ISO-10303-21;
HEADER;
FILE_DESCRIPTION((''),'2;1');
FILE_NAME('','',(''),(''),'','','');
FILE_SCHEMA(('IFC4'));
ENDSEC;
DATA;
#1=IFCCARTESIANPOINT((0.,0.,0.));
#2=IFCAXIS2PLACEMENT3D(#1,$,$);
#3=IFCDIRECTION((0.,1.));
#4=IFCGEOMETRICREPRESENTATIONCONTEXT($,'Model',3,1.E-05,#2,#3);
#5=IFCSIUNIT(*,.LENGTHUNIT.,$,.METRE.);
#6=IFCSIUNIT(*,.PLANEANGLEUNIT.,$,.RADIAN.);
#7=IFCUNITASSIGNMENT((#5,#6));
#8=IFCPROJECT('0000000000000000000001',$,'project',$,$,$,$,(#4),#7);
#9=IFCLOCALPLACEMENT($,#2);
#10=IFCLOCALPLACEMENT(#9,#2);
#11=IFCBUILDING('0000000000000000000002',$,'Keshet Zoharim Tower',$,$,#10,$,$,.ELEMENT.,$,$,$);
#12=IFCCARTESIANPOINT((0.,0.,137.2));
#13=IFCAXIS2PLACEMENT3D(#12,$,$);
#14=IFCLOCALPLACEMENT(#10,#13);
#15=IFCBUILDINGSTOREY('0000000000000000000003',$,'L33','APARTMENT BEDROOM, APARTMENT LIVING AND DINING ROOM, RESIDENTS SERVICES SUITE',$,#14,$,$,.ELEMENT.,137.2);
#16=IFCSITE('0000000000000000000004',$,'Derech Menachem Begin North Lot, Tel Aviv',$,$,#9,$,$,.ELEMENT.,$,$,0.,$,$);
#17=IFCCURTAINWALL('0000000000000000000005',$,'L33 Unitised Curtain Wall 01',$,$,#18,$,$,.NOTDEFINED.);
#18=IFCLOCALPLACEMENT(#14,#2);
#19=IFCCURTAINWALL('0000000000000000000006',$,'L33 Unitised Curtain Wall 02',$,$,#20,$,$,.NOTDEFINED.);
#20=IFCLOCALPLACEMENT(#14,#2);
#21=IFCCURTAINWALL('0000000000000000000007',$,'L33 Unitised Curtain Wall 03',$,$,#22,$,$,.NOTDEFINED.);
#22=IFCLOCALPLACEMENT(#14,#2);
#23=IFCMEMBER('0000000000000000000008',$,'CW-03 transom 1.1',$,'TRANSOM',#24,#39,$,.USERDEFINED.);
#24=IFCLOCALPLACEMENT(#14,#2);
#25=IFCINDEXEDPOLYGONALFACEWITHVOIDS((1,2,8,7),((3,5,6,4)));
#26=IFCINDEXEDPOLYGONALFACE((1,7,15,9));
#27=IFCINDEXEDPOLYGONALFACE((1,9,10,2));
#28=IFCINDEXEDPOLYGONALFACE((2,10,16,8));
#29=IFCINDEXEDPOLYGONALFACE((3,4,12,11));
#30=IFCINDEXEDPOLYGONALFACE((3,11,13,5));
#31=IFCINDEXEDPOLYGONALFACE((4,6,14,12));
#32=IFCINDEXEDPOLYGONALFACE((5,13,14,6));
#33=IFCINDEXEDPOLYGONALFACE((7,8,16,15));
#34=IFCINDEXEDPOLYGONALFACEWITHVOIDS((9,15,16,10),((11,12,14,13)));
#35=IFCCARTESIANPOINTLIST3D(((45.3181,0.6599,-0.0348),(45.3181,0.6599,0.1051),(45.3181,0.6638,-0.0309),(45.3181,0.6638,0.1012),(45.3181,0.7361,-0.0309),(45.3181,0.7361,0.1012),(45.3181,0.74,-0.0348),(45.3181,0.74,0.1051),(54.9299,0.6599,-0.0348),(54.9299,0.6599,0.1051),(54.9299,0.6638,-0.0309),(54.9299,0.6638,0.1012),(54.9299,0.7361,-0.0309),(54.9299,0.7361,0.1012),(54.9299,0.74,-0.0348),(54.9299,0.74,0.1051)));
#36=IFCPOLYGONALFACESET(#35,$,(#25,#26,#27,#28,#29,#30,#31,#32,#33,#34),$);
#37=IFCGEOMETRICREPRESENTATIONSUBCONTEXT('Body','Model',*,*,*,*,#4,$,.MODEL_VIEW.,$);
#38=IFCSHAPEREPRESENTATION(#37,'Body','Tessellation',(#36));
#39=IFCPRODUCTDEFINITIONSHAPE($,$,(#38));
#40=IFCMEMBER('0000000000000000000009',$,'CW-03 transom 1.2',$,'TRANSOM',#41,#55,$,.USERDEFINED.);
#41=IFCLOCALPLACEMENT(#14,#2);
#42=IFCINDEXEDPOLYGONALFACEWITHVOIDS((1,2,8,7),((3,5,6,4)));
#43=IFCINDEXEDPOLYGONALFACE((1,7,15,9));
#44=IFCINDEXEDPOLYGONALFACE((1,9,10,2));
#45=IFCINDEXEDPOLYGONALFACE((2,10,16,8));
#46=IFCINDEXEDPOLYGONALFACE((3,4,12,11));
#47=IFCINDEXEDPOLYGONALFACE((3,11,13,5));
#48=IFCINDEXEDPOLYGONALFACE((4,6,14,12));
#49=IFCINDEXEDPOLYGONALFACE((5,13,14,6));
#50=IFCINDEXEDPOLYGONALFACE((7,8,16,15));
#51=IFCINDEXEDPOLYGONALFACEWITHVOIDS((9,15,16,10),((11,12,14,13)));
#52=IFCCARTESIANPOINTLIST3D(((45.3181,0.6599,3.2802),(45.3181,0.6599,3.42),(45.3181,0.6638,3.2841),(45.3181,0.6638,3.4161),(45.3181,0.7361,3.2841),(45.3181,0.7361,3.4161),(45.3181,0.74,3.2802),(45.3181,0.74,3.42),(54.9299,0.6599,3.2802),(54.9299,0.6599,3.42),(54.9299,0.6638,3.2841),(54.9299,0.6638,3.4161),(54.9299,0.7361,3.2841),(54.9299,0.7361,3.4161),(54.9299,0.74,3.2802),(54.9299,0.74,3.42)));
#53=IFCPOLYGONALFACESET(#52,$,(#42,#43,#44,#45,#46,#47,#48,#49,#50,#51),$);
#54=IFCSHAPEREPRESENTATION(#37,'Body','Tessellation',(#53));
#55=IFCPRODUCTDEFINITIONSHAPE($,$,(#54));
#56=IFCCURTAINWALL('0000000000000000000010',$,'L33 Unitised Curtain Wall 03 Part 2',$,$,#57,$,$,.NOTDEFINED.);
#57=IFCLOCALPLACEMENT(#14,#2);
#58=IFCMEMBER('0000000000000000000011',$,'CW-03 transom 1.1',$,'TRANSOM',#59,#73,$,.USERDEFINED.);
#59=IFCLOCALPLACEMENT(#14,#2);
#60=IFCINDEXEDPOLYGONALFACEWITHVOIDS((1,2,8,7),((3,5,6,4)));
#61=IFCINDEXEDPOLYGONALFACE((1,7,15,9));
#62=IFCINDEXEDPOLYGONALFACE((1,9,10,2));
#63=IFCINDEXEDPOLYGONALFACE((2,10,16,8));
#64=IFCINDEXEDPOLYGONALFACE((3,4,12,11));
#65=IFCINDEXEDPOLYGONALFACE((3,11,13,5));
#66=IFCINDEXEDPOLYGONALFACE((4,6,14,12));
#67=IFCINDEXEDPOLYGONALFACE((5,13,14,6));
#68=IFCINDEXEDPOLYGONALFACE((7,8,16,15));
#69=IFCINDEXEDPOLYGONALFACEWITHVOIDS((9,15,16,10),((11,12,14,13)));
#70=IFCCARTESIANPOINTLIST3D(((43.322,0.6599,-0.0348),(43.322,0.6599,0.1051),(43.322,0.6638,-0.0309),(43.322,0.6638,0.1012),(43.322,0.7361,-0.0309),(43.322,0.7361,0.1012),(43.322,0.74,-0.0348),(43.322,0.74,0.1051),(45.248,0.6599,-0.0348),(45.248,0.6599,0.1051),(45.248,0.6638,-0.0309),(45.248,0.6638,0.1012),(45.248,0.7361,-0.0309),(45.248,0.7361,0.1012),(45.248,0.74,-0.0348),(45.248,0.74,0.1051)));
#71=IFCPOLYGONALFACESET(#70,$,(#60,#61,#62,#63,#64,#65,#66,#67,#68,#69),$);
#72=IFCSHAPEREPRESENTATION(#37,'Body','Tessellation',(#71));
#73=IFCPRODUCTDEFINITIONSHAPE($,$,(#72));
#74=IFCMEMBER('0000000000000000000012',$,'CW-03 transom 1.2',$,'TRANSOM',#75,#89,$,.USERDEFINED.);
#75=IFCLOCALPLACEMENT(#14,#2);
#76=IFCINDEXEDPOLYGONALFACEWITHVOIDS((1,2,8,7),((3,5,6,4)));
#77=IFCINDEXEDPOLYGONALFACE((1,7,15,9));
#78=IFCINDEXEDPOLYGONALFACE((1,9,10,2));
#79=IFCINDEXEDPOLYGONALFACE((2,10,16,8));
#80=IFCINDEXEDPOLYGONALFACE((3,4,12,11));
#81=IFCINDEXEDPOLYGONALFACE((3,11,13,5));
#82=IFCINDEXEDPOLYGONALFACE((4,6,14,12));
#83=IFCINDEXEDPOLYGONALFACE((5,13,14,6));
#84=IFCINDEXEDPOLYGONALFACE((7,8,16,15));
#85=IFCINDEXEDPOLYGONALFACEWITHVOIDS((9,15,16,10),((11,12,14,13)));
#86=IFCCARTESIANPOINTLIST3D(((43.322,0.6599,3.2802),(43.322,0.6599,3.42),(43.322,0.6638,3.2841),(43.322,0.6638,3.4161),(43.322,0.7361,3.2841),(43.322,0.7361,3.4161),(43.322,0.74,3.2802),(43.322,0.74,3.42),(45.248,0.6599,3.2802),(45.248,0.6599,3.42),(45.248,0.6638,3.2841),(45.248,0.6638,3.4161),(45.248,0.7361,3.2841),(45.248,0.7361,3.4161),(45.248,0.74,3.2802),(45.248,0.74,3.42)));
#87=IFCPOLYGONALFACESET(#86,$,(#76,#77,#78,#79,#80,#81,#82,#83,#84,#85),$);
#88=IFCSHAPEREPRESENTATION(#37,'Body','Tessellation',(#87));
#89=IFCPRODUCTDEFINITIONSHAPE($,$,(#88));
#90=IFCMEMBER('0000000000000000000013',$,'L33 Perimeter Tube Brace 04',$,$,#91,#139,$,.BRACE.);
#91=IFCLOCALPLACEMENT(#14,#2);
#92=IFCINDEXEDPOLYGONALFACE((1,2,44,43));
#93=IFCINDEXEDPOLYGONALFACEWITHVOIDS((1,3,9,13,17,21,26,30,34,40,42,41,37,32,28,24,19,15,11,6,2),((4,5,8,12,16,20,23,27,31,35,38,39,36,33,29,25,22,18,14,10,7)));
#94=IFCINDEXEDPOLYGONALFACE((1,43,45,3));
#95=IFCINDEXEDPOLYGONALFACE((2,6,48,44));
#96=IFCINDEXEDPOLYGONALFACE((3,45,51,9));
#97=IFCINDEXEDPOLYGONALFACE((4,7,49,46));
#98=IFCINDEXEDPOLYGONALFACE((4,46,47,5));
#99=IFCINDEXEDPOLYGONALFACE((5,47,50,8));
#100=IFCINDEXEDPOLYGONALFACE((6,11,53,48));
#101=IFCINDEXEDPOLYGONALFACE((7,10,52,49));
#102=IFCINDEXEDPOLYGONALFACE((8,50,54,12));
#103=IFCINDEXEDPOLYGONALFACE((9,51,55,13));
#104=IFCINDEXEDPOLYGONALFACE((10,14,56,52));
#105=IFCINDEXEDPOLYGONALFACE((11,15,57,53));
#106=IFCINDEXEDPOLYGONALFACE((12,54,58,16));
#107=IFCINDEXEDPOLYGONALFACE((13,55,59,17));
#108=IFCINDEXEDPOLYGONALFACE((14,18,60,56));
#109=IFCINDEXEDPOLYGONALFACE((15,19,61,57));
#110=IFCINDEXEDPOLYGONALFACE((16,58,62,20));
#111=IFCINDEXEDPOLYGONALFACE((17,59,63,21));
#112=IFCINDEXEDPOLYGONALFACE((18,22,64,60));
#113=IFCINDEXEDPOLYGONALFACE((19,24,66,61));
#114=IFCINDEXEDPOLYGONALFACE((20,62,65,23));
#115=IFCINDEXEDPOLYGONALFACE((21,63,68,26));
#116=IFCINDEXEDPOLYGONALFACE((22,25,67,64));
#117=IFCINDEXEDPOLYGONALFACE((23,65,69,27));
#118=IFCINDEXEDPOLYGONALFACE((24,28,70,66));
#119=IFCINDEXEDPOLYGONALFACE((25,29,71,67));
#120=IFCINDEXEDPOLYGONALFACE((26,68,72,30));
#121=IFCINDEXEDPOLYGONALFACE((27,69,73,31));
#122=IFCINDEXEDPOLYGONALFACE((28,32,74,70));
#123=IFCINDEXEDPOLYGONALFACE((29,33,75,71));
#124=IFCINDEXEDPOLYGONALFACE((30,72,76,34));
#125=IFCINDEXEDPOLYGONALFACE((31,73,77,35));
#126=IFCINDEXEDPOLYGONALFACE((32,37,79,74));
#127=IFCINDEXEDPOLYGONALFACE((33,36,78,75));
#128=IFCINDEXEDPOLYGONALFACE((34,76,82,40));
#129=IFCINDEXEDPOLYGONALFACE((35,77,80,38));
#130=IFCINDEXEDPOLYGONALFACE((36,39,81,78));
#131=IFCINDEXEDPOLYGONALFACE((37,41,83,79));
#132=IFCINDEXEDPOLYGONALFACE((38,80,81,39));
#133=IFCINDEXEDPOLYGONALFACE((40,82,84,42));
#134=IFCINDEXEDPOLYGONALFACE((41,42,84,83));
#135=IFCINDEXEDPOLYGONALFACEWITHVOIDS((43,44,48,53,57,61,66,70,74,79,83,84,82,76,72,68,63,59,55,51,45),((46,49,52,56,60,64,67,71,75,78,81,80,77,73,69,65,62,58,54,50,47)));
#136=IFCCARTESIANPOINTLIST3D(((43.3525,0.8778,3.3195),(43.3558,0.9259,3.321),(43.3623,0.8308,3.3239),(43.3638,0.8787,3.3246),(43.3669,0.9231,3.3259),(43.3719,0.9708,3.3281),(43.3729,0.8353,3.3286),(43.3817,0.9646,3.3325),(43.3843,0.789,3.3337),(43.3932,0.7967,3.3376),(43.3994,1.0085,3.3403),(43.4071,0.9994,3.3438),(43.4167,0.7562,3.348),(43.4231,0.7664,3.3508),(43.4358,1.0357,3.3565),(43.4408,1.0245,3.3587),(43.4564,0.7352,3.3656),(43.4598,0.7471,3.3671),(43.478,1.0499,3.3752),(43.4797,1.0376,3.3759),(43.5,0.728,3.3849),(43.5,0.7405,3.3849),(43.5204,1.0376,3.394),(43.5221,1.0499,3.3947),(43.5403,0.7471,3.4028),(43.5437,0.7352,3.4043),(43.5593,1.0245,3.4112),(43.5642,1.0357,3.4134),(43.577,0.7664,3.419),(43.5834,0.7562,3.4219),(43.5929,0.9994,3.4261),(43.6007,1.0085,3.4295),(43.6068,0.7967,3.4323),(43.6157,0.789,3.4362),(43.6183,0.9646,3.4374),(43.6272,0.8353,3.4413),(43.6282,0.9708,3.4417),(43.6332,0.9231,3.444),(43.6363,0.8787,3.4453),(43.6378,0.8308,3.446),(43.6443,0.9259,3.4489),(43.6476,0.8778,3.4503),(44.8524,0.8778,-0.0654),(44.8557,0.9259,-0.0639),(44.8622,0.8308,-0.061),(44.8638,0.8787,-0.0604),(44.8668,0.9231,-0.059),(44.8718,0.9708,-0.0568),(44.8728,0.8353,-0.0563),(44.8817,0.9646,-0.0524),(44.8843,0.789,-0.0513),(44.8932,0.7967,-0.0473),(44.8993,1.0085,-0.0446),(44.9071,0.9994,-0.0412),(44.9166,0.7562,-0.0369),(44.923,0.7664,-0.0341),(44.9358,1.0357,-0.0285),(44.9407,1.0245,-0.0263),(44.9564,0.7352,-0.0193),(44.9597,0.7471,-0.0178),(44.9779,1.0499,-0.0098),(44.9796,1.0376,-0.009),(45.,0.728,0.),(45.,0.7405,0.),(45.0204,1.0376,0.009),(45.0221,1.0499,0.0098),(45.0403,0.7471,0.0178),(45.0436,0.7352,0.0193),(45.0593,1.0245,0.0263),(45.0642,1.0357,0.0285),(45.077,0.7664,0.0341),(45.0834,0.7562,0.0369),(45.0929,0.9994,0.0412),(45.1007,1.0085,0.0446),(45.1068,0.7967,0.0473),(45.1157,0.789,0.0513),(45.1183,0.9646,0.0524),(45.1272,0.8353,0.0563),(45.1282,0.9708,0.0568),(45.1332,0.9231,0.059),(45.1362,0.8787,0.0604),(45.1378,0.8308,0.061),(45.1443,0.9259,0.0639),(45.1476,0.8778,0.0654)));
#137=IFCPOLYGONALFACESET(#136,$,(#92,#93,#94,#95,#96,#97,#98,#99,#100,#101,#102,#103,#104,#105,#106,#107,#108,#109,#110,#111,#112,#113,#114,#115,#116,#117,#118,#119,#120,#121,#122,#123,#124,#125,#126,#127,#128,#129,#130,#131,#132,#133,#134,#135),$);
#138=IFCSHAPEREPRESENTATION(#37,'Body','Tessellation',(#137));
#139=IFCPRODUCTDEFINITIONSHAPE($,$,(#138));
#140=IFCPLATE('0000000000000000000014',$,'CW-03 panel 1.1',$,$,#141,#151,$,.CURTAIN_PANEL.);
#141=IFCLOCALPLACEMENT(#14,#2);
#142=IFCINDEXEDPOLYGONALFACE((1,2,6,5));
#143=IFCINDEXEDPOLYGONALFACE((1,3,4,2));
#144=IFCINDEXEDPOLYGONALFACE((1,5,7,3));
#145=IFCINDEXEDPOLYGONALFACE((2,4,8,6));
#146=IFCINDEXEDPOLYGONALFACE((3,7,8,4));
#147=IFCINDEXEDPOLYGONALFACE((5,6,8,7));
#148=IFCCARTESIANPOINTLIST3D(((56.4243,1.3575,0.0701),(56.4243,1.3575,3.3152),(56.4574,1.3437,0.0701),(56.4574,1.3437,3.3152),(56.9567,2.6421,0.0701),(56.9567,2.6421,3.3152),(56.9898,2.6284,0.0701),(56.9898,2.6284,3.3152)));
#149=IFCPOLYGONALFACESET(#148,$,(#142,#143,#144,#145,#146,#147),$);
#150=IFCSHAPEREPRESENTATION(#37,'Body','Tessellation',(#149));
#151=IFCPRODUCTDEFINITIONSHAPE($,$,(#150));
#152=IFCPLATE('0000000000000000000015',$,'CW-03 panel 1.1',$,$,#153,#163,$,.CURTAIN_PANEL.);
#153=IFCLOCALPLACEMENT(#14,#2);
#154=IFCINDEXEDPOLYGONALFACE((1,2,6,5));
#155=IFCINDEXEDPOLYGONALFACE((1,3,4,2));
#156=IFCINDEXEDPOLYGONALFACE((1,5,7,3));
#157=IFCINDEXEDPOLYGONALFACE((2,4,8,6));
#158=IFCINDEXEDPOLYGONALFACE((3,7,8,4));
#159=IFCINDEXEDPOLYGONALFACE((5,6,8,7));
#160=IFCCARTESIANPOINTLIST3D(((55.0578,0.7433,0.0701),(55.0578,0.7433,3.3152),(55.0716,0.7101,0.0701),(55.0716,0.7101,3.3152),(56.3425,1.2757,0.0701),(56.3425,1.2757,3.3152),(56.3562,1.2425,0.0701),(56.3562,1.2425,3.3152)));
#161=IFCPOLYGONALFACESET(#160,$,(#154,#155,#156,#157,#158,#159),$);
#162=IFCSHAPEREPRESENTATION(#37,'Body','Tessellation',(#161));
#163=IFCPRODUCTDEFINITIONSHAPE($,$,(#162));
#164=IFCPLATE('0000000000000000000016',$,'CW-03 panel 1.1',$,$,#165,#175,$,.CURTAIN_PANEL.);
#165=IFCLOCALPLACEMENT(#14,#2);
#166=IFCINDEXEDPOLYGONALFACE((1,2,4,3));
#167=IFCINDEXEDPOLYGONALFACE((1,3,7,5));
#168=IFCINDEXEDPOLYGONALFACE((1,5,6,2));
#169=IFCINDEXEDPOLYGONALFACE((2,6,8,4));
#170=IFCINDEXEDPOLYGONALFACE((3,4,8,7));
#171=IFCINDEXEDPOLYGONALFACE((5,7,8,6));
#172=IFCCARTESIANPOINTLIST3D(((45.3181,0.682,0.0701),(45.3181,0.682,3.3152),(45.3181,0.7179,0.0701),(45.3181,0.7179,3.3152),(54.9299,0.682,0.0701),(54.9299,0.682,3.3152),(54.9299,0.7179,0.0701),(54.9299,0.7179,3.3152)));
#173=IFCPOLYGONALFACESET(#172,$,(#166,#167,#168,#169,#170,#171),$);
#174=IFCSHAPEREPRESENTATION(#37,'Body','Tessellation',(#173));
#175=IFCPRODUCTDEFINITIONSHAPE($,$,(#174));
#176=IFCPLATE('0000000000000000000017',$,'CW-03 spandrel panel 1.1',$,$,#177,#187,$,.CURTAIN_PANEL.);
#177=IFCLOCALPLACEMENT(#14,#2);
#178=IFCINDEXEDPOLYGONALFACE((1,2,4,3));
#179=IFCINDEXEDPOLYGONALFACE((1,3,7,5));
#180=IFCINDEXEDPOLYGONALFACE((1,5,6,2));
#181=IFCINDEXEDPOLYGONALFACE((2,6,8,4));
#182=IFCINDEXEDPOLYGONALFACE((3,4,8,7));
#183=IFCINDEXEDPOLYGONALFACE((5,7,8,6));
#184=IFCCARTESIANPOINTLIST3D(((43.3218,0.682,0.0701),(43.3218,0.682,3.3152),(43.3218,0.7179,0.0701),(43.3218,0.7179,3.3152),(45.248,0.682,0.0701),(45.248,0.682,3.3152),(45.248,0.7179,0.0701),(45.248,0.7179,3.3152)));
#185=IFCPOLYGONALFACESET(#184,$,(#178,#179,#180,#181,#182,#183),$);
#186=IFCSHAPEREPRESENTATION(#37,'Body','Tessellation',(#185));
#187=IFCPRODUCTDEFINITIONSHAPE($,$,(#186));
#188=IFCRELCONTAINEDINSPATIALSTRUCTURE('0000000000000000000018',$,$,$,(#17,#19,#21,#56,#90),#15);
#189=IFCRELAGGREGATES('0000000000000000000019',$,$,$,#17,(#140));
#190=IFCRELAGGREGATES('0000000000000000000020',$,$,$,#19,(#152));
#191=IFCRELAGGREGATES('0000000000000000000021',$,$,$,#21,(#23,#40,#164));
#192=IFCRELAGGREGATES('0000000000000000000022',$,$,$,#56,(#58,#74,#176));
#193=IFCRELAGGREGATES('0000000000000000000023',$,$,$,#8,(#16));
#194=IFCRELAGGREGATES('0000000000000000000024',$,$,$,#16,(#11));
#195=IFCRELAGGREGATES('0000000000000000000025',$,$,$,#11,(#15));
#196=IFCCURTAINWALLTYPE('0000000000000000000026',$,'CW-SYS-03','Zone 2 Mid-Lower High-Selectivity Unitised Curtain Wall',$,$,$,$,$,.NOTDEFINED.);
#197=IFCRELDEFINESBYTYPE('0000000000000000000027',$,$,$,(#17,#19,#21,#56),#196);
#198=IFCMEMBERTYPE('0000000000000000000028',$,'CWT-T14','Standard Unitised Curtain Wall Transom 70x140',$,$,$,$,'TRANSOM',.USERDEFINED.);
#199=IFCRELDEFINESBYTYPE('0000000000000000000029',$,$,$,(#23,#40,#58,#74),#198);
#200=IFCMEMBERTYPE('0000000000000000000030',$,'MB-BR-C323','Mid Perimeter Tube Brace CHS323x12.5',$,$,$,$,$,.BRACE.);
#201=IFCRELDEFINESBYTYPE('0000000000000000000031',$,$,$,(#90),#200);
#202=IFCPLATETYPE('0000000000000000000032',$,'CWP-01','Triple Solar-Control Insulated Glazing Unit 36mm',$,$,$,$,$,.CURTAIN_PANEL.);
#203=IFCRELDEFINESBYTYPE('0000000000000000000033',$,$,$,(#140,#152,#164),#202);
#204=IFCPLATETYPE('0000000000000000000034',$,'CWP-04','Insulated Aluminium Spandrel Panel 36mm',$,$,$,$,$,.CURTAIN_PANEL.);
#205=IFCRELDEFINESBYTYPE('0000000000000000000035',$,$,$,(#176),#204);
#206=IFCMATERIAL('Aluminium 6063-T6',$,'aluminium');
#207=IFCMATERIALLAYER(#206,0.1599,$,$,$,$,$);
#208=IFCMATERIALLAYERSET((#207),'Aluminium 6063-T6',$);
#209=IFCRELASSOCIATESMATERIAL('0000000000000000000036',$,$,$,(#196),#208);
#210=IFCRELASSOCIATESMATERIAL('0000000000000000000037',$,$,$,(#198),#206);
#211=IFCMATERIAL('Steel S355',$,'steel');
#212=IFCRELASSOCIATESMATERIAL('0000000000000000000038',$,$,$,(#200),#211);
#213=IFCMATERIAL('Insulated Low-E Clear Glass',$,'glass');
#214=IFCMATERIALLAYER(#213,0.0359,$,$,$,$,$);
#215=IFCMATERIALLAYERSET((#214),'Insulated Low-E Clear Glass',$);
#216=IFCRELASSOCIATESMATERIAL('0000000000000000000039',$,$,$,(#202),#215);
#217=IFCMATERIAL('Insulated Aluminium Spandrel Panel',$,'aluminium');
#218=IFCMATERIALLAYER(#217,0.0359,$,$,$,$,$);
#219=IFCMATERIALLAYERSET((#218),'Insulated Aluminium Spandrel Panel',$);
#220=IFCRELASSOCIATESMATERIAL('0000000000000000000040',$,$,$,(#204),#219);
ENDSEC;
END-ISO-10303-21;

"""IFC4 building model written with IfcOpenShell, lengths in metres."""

from ifc_helpers import new_model, si_unit, direction, frame, origin, origin_2d, place, context, subcontext, project, spatial, rectangle, hollow_rectangle, hollow_circle, extrude, material, layer, layer_set, material_profile, profile_set, type_object, element, aggregate, save


model = new_model("IFC4")

# Units and contexts
model_context = context("Model", 3, precision=1e-05, world=origin(), true_north=direction((0.0, 1.0)))
body_context = subcontext(model_context, "Body", "Model", "MODEL_VIEW")
ifc_project = project(units=[si_unit("LENGTHUNIT", "METRE"), si_unit("PLANEANGLEUNIT", "RADIAN")], contexts=[model_context])

# Site, building, storey
site_placement = place(None, origin())
site = spatial("IfcSite", under=ifc_project, at=site_placement, Name="Derech Menachem Begin North Lot, Tel Aviv", CompositionType="ELEMENT", RefElevation=0.0)
building_placement = place(site_placement, origin())
building = spatial("IfcBuilding", under=site, at=building_placement, Name="Keshet Zoharim Tower", CompositionType="ELEMENT")
storey_placement = place(building_placement, frame((0.0, 0.0, 137.2)))
storey = spatial("IfcBuildingStorey", under=building, at=storey_placement, Name="L33", Description="APARTMENT BEDROOM, APARTMENT LIVING AND DINING ROOM, RESIDENTS SERVICES SUITE", CompositionType="ELEMENT", Elevation=137.2)

# Shared definitions
ifc_material_1 = material(Name="Steel S355", Category="steel")

# Curtain walls
ifc_material_2 = material(Name="Aluminium 6063-T6", Category="aluminium")
ifc_layer_1 = layer(ifc_material_2, 0.1599)
ifc_layer_set_1 = layer_set([ifc_layer_1], Name="Aluminium 6063-T6")
curtain_wall_type = type_object("IfcCurtainWallType", Name="CW-SYS-03", Description="Zone 2 Mid-Lower High-Selectivity Unitised Curtain Wall", PredefinedType="NOTDEFINED", material=ifc_layer_set_1)
curtain_wall_1_placement = place(storey_placement, origin())
curtain_wall_1 = element("IfcCurtainWall", 1, at=curtain_wall_1_placement, inside=storey, type_object=curtain_wall_type, Name="L33 Unitised Curtain Wall 01", PredefinedType="NOTDEFINED")
curtain_wall_2_placement = place(storey_placement, origin())
curtain_wall_2 = element("IfcCurtainWall", 2, at=curtain_wall_2_placement, inside=storey, type_object=curtain_wall_type, Name="L33 Unitised Curtain Wall 02", PredefinedType="NOTDEFINED")
curtain_wall_3_placement = place(storey_placement, origin())
curtain_wall_3 = element("IfcCurtainWall", 3, at=curtain_wall_3_placement, inside=storey, type_object=curtain_wall_type, Name="L33 Unitised Curtain Wall 03", PredefinedType="NOTDEFINED")

# Members
ifc_material_profile_1 = material_profile(ifc_material_2, hollow_rectangle(XDim=0.0801, YDim=0.1399, WallThickness=0.0039, at=origin_2d()), Name="TRN-80x140")
ifc_profile_set_1 = profile_set([ifc_material_profile_1], Name="Aluminium 6063-T6")
member_type_1 = type_object("IfcMemberType", Name="CWT-T14", Description="Standard Unitised Curtain Wall Transom 70x140", ElementType="TRANSOM", PredefinedType="USERDEFINED", material=ifc_profile_set_1)
member_1_placement = place(storey_placement, frame((54.9299, 0.7, 0.0352), z_axis=(-1.0, 0.0, 0.0), x_axis=(0.0, -1.0, 0.0)))
member_1 = element("IfcMember", 4, at=member_1_placement, type_object=member_type_1, Name="CW-03 transom 1.1", ObjectType="TRANSOM", PredefinedType="USERDEFINED", context=body_context, shape_type="SweptSolid", body=[
    extrude(hollow_rectangle(XDim=0.0801, YDim=0.1399, WallThickness=0.0039, at=origin_2d()), origin(), (0.0, 0.0, 1.0), 9.6118),
])
member_2_placement = place(storey_placement, frame((54.9299, 0.7, 3.3501), z_axis=(-1.0, 0.0, 0.0), x_axis=(0.0, -1.0, 0.0)))
member_2 = element("IfcMember", 5, at=member_2_placement, type_object=member_type_1, Name="CW-03 transom 1.2", ObjectType="TRANSOM", PredefinedType="USERDEFINED", context=body_context, shape_type="SweptSolid", body=[
    extrude(hollow_rectangle(XDim=0.0801, YDim=0.1399, WallThickness=0.0039, at=origin_2d()), origin(), (0.0, 0.0, 1.0), 9.6118),
])

# Curtain wall, members
curtain_wall_4_placement = place(storey_placement, origin())
curtain_wall_4 = element("IfcCurtainWall", 6, at=curtain_wall_4_placement, inside=storey, type_object=curtain_wall_type, Name="L33 Unitised Curtain Wall 03 Part 2", PredefinedType="NOTDEFINED")
member_3_placement = place(storey_placement, frame((45.248, 0.7, 0.0352), z_axis=(-1.0, 0.0, 0.0), x_axis=(0.0, -1.0, 0.0)))
member_3 = element("IfcMember", 7, at=member_3_placement, type_object=member_type_1, Name="CW-03 transom 1.1", ObjectType="TRANSOM", PredefinedType="USERDEFINED", context=body_context, shape_type="SweptSolid", body=[
    extrude(hollow_rectangle(XDim=0.0801, YDim=0.1399, WallThickness=0.0039, at=origin_2d()), origin(), (0.0, 0.0, 1.0), 1.926),
])
member_4_placement = place(storey_placement, frame((45.248, 0.7, 3.3501), z_axis=(-1.0, 0.0, 0.0), x_axis=(0.0, -1.0, 0.0)))
member_4 = element("IfcMember", 8, at=member_4_placement, type_object=member_type_1, Name="CW-03 transom 1.2", ObjectType="TRANSOM", PredefinedType="USERDEFINED", context=body_context, shape_type="SweptSolid", body=[
    extrude(hollow_rectangle(XDim=0.0801, YDim=0.1399, WallThickness=0.0039, at=origin_2d()), origin(), (0.0, 0.0, 1.0), 1.926),
])

# Member
ifc_material_profile_2 = material_profile(ifc_material_1, hollow_circle(Radius=0.1619, WallThickness=0.0125, at=origin_2d()), Name="CHS323x12.5")
ifc_profile_set_2 = profile_set([ifc_material_profile_2], Name="Steel S355")
member_type_2 = type_object("IfcMemberType", Name="MB-BR-C323", Description="Mid Perimeter Tube Brace CHS323x12.5", PredefinedType="BRACE", material=ifc_profile_set_2)
member_5_placement = place(storey_placement, frame((45.0, 0.8899, 0.0), z_axis=(-0.405135, 0.0, 0.914257), x_axis=(0.0, -1.0, 0.0)))
element("IfcMember", 9, at=member_5_placement, inside=storey, type_object=member_type_2, Name="L33 Perimeter Tube Brace 04", PredefinedType="BRACE", context=body_context, shape_type="SweptSolid", body=[
    extrude(hollow_circle(Radius=0.1619, WallThickness=0.0125, at=origin_2d()), origin(), (0.0, 0.0, 1.0), 3.7024),
])

# Plates
ifc_material_3 = material(Name="Insulated Low-E Clear Glass", Category="glass")
ifc_layer_2 = layer(ifc_material_3, 0.0359)
ifc_layer_set_2 = layer_set([ifc_layer_2], Name="Insulated Low-E Clear Glass")
plate_type_1 = type_object("IfcPlateType", Name="CWP-01", Description="Triple Solar-Control Insulated Glazing Unit 36mm", PredefinedType="CURTAIN_PANEL", material=ifc_layer_set_2)
plate_1_placement = place(storey_placement, frame((56.707, 1.9929, 0.0701), z_axis=(0.0, 0.0, 1.0), x_axis=(-0.382852, -0.92381, 0.0)))
plate_1 = element("IfcPlate", 10, at=plate_1_placement, type_object=plate_type_1, Name="CW-03 panel 1.1", PredefinedType="CURTAIN_PANEL", context=body_context, shape_type="SweptSolid", body=[
    extrude(rectangle(XDim=1.3906, YDim=0.0359, at=origin_2d()), origin(), (0.0, 0.0, 1.0), 3.2451),
])
aggregate(curtain_wall_1, [plate_1])
plate_2_placement = place(storey_placement, frame((55.707, 0.9929, 0.0701), z_axis=(0.0, 0.0, 1.0), x_axis=(-0.92381, -0.382852, 0.0)))
plate_2 = element("IfcPlate", 11, at=plate_2_placement, type_object=plate_type_1, Name="CW-03 panel 1.1", PredefinedType="CURTAIN_PANEL", context=body_context, shape_type="SweptSolid", body=[
    extrude(rectangle(XDim=1.3906, YDim=0.0359, at=origin_2d()), origin(), (0.0, 0.0, 1.0), 3.2451),
])
aggregate(curtain_wall_2, [plate_2])
plate_3_placement = place(storey_placement, frame((50.124, 0.7, 0.0701), z_axis=(0.0, 0.0, 1.0), x_axis=(-1.0, 0.0, 0.0)))
plate_3 = element("IfcPlate", 12, at=plate_3_placement, type_object=plate_type_1, Name="CW-03 panel 1.1", PredefinedType="CURTAIN_PANEL", context=body_context, shape_type="SweptSolid", body=[
    extrude(rectangle(XDim=9.6118, YDim=0.0359, at=origin_2d()), origin(), (0.0, 0.0, 1.0), 3.2451),
])
aggregate(curtain_wall_3, [member_1, member_2, plate_3])
ifc_material_4 = material(Name="Insulated Aluminium Spandrel Panel", Category="aluminium")
ifc_layer_3 = layer(ifc_material_4, 0.0359)
ifc_layer_set_3 = layer_set([ifc_layer_3], Name="Insulated Aluminium Spandrel Panel")
plate_type_2 = type_object("IfcPlateType", Name="CWP-04", Description="Insulated Aluminium Spandrel Panel 36mm", PredefinedType="CURTAIN_PANEL", material=ifc_layer_set_3)
plate_4_placement = place(storey_placement, frame((44.2849, 0.7, 0.0701), z_axis=(0.0, 0.0, 1.0), x_axis=(-1.0, 0.0, 0.0)))
plate_4 = element("IfcPlate", 13, at=plate_4_placement, type_object=plate_type_2, Name="CW-03 spandrel panel 1.1", PredefinedType="CURTAIN_PANEL", context=body_context, shape_type="SweptSolid", body=[
    extrude(rectangle(XDim=1.9263, YDim=0.0359, at=origin_2d()), origin(), (0.0, 0.0, 1.0), 3.2451),
])
aggregate(curtain_wall_4, [member_3, member_4, plate_4])

save(model, "model.ifc")
